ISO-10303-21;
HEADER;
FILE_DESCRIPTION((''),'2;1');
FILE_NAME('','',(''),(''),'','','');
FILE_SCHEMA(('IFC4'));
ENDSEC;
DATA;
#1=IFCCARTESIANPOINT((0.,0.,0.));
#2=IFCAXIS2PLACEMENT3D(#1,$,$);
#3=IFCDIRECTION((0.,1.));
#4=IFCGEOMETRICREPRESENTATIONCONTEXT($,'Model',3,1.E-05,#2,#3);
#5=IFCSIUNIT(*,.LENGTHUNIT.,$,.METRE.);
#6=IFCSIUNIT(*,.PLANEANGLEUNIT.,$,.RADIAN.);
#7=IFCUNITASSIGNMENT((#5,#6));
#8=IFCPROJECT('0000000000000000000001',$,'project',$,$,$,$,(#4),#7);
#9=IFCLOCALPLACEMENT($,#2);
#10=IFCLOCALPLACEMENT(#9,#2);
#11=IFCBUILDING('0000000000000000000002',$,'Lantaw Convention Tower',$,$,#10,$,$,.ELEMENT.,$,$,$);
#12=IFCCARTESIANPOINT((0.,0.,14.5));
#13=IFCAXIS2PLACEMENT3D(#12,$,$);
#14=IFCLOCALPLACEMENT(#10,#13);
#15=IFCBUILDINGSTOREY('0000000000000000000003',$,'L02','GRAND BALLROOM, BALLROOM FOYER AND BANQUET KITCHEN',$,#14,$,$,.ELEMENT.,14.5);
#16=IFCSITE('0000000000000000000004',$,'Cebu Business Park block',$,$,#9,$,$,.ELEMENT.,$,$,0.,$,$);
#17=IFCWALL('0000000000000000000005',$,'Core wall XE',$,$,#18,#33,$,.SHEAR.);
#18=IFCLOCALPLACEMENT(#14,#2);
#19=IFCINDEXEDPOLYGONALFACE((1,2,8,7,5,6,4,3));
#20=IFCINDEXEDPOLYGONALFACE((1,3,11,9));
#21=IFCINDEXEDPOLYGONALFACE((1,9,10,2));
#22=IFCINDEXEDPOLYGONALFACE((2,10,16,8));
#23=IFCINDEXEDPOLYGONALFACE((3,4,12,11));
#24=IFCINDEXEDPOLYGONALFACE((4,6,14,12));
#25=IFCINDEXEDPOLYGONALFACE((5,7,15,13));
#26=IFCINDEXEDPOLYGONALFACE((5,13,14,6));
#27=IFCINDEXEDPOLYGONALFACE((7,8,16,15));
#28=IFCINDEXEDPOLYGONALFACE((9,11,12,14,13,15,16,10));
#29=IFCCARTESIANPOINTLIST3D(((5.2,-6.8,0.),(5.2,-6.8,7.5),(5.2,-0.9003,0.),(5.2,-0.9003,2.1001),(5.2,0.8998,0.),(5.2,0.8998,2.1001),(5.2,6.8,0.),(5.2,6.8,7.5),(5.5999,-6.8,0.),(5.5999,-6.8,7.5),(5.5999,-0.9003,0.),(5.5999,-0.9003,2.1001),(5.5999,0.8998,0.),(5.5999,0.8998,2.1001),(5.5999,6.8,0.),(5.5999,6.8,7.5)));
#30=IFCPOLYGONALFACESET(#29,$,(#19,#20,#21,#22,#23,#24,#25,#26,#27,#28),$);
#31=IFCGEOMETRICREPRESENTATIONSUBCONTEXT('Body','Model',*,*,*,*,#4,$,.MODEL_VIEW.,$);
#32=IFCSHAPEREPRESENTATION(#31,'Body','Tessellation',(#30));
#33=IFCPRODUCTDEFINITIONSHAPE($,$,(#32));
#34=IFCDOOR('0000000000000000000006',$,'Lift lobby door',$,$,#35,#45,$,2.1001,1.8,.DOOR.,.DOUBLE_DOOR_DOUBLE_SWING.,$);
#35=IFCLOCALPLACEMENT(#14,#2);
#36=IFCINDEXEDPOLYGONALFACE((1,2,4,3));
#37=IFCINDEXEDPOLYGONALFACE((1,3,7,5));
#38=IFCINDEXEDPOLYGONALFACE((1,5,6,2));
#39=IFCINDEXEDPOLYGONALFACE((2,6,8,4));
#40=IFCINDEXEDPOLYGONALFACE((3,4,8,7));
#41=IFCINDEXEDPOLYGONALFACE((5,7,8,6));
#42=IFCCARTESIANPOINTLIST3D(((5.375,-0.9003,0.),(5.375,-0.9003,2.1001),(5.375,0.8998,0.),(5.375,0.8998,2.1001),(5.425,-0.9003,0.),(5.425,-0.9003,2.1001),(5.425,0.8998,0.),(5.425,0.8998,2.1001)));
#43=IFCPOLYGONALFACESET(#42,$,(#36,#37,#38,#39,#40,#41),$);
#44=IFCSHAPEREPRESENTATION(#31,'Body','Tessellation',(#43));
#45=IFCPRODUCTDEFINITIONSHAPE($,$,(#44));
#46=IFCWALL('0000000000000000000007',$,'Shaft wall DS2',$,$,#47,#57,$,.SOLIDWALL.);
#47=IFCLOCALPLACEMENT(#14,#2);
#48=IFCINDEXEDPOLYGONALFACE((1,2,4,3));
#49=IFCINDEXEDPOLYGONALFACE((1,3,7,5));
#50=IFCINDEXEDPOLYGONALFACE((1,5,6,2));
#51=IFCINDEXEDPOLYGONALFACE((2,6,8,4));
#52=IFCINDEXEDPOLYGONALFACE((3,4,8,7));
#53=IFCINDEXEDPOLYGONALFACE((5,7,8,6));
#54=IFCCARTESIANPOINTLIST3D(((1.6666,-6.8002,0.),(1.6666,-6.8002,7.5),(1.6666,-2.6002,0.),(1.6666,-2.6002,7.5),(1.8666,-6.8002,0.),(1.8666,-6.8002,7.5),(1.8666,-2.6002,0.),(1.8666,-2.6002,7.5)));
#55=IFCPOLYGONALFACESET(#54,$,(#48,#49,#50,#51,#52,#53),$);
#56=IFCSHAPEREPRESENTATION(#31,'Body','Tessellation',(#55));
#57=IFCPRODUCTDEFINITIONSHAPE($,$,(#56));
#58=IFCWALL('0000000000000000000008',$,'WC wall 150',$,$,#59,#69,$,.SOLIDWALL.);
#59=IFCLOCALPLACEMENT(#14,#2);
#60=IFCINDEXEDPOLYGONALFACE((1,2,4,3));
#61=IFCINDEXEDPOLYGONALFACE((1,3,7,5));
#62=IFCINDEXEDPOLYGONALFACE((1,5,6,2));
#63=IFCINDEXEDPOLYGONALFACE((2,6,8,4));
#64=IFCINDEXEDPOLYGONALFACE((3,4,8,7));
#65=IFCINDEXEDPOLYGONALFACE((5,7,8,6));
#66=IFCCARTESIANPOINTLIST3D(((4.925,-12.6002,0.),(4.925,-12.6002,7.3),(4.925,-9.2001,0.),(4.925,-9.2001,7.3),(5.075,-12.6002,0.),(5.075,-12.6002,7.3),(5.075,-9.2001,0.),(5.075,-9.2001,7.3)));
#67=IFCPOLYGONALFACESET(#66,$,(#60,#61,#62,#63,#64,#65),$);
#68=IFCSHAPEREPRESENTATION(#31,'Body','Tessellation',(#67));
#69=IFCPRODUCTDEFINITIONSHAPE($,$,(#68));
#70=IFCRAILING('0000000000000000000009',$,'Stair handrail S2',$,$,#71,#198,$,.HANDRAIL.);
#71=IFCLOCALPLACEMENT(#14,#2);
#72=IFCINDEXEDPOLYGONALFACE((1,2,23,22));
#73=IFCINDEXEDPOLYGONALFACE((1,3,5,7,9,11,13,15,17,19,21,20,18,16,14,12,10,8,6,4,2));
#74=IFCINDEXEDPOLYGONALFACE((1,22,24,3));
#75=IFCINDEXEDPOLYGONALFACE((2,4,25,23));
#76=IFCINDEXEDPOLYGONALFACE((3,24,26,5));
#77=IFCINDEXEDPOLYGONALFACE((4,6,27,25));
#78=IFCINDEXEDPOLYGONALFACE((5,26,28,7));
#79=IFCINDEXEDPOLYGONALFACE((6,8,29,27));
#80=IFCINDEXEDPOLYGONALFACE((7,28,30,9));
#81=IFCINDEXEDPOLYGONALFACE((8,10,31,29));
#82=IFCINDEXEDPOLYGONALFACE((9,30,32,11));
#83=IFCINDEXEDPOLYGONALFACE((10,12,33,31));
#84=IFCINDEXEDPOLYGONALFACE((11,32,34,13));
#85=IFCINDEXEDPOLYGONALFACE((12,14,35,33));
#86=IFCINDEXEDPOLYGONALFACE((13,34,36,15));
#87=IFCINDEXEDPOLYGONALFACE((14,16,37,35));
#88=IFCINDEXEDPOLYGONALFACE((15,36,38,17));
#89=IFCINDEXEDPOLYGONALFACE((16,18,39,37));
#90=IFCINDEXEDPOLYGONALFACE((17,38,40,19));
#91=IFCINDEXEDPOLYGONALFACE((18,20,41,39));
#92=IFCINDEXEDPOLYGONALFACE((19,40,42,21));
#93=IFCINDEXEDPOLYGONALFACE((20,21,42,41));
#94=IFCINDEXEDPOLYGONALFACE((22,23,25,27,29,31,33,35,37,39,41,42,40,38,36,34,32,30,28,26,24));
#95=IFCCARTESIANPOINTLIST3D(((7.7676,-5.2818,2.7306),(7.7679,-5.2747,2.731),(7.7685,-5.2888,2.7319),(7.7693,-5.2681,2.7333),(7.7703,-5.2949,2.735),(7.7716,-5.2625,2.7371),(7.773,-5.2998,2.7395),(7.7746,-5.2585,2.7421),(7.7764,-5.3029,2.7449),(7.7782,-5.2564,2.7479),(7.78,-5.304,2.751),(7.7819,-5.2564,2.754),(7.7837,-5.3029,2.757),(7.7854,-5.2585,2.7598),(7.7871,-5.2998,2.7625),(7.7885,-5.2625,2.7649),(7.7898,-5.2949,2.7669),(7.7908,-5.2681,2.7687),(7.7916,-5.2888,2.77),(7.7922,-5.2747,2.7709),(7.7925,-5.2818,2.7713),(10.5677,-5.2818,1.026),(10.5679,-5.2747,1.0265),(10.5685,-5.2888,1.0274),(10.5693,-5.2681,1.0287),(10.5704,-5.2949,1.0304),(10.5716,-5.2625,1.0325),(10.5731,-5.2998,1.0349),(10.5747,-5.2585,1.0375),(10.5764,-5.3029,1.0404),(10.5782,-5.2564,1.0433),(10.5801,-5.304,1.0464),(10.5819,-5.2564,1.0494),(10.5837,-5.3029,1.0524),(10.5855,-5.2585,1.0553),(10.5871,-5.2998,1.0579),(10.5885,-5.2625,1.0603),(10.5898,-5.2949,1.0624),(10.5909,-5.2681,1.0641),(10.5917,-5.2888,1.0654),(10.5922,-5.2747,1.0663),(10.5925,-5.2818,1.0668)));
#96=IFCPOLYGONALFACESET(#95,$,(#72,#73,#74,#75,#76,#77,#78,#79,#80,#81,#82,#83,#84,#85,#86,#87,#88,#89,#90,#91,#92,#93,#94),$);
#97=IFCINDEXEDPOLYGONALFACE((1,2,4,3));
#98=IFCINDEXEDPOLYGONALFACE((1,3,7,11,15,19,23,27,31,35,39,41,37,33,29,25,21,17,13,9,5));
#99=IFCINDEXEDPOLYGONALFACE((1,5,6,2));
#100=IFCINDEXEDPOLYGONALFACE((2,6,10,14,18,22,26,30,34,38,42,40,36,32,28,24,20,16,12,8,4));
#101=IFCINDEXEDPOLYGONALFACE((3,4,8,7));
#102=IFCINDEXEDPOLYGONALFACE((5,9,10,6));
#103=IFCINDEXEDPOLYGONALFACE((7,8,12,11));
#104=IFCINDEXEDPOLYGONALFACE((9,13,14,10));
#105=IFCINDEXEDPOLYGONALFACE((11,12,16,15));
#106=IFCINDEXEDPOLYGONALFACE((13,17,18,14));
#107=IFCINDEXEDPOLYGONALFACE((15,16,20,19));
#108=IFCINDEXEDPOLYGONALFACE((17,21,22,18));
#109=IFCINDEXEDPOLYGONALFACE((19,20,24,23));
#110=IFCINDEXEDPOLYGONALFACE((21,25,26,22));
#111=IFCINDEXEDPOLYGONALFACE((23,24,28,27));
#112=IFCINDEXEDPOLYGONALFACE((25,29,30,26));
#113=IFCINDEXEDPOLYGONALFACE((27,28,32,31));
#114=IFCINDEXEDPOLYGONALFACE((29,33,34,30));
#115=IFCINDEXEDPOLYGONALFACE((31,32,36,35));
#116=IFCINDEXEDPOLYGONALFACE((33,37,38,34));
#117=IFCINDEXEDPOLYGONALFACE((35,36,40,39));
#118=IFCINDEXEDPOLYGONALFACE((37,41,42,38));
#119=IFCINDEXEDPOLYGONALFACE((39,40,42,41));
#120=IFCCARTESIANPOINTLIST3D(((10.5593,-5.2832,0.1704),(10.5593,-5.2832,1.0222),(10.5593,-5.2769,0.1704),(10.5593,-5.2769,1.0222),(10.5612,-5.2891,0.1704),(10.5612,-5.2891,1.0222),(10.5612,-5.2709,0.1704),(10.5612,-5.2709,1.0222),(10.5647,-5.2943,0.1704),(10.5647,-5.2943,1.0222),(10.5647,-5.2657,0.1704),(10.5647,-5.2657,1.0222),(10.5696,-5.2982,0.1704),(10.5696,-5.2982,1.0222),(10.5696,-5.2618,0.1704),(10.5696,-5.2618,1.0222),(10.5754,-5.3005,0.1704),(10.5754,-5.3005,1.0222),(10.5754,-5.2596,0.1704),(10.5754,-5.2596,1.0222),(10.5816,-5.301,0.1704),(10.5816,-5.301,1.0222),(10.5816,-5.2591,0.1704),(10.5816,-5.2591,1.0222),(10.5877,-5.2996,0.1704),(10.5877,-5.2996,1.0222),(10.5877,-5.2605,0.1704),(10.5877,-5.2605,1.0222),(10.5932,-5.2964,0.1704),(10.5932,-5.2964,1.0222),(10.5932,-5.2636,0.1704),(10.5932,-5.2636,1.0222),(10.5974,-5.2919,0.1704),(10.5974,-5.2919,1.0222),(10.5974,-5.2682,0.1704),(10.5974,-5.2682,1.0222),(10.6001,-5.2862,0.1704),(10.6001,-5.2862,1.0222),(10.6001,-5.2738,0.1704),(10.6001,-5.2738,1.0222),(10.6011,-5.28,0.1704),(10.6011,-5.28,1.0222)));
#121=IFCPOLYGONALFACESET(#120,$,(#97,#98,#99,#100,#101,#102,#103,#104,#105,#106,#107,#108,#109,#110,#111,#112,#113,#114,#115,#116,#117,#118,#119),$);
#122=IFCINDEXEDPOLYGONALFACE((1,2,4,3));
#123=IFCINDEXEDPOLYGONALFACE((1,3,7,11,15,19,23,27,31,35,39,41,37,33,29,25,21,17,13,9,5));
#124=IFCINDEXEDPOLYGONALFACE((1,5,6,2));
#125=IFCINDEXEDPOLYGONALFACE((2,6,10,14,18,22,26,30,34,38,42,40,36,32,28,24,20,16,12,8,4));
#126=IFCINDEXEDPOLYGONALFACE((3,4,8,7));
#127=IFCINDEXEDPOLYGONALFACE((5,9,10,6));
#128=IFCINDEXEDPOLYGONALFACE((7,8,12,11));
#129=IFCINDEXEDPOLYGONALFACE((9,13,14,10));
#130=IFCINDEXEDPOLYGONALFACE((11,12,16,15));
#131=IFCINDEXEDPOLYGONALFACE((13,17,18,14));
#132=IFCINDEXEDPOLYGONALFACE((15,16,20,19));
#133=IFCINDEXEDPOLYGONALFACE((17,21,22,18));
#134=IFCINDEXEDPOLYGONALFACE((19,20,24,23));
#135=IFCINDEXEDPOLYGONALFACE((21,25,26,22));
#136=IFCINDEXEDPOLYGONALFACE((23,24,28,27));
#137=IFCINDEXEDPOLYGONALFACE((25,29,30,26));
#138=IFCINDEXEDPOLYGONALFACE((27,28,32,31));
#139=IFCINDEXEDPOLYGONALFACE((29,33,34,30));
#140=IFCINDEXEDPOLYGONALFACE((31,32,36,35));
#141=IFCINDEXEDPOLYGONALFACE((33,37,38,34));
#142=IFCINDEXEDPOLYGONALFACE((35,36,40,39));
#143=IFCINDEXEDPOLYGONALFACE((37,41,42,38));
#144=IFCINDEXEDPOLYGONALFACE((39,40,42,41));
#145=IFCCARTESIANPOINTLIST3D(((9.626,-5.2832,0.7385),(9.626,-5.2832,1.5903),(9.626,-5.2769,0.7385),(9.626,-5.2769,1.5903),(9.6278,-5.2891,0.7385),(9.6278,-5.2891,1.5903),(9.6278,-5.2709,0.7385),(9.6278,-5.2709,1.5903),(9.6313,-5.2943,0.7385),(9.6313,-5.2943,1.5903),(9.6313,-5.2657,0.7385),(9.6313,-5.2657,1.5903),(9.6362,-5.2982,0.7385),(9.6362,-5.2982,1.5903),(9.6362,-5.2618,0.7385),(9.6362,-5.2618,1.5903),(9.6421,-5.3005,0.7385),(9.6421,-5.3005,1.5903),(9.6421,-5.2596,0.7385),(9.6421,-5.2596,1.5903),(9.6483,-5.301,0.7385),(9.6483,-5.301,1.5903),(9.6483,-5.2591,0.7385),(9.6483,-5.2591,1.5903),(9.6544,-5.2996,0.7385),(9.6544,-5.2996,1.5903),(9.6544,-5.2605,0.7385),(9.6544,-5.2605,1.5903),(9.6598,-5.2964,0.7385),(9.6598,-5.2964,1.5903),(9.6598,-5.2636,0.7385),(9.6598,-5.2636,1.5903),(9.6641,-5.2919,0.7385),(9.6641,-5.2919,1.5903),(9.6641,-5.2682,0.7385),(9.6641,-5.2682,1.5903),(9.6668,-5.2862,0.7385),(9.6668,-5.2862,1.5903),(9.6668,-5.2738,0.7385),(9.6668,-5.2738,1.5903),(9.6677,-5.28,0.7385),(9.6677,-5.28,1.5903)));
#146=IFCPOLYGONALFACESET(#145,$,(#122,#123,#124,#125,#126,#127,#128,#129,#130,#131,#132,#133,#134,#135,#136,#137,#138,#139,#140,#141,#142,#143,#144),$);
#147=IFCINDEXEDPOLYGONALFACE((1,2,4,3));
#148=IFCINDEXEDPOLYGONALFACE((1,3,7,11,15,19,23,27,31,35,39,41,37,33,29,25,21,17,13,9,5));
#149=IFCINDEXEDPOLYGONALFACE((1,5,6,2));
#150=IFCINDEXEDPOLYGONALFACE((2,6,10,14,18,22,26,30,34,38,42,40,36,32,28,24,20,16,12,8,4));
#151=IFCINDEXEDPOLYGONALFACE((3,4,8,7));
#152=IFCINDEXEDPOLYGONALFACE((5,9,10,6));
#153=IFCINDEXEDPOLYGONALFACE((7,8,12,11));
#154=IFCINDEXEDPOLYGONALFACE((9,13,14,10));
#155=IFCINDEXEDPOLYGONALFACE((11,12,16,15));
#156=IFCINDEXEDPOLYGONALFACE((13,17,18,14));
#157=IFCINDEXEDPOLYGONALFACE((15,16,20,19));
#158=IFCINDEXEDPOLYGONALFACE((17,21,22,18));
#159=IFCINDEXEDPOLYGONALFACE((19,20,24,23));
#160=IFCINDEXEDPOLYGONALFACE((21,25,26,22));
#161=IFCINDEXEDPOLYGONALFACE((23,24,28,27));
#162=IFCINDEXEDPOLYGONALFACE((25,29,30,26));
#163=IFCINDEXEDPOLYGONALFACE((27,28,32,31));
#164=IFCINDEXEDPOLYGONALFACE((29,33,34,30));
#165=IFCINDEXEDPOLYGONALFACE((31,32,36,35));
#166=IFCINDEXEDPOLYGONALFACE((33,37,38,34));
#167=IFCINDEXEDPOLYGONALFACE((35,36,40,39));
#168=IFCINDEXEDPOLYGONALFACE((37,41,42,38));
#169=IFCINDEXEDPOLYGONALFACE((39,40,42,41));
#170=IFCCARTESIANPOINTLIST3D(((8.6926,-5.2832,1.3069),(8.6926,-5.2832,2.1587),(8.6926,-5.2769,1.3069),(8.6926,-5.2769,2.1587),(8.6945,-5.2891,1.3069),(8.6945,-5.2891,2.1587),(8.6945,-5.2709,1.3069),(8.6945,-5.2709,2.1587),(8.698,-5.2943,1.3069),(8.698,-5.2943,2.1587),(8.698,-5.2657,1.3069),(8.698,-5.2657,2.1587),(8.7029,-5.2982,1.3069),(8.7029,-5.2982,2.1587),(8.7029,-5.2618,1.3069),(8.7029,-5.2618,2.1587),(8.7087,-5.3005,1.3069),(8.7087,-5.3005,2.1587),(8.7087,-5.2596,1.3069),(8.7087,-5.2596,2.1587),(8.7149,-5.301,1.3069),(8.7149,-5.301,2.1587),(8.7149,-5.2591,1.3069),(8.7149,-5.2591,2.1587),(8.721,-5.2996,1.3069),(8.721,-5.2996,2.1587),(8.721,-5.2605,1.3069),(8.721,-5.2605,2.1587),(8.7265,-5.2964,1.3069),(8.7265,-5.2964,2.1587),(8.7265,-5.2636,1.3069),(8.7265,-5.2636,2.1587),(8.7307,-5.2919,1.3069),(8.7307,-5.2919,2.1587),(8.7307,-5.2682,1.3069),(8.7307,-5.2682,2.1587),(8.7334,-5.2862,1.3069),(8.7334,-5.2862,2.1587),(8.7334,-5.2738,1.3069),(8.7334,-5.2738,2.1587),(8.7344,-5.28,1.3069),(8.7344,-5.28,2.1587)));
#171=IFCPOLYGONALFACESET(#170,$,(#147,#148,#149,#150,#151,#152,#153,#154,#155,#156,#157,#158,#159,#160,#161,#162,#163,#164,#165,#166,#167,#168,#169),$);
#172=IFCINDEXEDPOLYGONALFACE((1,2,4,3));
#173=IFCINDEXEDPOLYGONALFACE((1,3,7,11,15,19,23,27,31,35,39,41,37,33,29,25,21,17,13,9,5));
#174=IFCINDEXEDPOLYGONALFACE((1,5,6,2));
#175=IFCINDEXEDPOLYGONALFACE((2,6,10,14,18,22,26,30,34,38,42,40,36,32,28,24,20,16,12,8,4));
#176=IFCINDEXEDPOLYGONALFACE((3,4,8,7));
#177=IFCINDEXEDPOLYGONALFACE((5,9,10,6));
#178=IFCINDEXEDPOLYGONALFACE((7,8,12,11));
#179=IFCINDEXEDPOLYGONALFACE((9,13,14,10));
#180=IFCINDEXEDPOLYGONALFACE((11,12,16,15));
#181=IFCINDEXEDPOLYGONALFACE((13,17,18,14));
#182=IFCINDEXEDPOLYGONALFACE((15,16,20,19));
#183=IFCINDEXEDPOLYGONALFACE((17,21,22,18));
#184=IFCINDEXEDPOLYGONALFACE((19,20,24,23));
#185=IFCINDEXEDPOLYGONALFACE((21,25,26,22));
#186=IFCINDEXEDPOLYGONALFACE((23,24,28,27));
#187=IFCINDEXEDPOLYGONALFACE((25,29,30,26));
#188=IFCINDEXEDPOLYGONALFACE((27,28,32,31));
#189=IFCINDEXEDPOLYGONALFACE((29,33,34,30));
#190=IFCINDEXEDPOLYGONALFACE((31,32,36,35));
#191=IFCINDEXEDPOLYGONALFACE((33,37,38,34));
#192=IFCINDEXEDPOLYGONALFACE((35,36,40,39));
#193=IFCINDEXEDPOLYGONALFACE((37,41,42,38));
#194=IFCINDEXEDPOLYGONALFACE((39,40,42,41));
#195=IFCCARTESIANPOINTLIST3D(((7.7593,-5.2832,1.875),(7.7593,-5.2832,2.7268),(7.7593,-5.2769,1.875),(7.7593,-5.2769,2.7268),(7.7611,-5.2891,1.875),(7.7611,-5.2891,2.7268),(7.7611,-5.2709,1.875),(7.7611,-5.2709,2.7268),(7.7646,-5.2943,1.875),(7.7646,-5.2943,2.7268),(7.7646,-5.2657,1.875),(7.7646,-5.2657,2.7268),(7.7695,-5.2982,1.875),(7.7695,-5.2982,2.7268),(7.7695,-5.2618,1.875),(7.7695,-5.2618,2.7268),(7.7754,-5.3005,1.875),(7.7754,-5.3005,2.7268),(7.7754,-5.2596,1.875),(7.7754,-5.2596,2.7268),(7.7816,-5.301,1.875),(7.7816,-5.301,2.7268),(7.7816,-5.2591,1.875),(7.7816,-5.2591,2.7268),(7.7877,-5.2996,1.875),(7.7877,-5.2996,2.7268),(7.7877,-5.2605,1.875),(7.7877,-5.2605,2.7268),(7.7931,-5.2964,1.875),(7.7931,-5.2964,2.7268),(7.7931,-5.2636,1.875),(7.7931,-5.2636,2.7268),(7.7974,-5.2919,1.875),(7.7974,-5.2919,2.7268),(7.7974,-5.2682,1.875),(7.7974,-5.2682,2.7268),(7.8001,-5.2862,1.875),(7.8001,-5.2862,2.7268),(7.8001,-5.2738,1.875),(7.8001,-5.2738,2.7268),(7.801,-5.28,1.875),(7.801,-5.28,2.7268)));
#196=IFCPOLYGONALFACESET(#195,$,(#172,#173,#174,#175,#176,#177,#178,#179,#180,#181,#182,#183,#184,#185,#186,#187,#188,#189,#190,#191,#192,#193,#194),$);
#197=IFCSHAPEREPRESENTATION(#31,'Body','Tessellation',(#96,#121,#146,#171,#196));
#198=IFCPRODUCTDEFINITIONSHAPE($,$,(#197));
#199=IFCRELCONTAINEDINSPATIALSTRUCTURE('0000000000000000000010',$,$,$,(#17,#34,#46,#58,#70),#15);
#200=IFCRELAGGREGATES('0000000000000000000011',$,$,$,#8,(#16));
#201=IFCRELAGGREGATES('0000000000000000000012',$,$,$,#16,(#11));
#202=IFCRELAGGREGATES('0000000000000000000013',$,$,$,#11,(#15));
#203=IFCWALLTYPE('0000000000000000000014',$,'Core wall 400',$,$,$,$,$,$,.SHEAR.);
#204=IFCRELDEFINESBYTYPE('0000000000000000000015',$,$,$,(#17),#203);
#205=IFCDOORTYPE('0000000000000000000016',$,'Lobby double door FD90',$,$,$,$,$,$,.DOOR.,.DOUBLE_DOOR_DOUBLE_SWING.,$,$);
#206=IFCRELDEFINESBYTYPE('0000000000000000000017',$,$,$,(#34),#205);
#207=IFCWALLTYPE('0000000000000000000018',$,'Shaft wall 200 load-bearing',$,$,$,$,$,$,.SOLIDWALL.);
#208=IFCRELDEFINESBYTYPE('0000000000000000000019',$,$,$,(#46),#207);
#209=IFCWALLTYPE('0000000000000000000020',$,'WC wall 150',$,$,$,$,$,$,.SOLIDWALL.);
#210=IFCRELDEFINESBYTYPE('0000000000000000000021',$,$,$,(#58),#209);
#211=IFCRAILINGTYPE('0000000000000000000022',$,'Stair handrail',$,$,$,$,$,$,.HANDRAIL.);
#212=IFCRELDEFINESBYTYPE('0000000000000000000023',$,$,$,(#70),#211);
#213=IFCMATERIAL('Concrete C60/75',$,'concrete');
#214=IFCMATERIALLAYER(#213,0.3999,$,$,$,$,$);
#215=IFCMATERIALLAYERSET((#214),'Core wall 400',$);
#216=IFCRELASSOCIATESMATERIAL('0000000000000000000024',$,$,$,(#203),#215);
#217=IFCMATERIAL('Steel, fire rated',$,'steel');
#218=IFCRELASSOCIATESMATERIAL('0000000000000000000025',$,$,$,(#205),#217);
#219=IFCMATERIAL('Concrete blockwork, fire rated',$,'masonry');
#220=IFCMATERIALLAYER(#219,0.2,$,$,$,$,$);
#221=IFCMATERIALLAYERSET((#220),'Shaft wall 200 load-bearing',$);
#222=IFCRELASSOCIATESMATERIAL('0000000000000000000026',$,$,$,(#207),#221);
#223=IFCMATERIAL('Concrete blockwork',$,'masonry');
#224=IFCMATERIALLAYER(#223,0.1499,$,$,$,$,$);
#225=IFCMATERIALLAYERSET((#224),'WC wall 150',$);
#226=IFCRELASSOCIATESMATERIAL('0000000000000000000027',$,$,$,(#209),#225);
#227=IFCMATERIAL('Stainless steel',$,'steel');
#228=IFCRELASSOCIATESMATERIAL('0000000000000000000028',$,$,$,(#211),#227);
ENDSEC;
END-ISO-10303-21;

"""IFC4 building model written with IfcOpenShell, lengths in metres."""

from ifc_helpers import new_model, si_unit, direction, frame, frame_2d, origin, origin_2d, place, context, subcontext, project, spatial, rectangle, circle, extrude, material, layer, layer_set, type_object, element, fill, save


model = new_model("IFC4")

# Units and contexts
model_context = context("Model", 3, precision=1e-05, world=origin(), true_north=direction((0.0, 1.0)))
body_context = subcontext(model_context, "Body", "Model", "MODEL_VIEW")
ifc_project = project(units=[si_unit("LENGTHUNIT", "METRE"), si_unit("PLANEANGLEUNIT", "RADIAN")], contexts=[model_context])

# Site, building, storey
site_placement = place(None, origin())
site = spatial("IfcSite", under=ifc_project, at=site_placement, Name="Cebu Business Park block", CompositionType="ELEMENT", RefElevation=0.0)
building_placement = place(site_placement, origin())
building = spatial("IfcBuilding", under=site, at=building_placement, Name="Lantaw Convention Tower", CompositionType="ELEMENT")
storey_placement = place(building_placement, frame((0.0, 0.0, 14.5)))
storey = spatial("IfcBuildingStorey", under=building, at=storey_placement, Name="L02", Description="GRAND BALLROOM, BALLROOM FOYER AND BANQUET KITCHEN", CompositionType="ELEMENT", Elevation=14.5)

# Wall, opening, door
ifc_material_1 = material(Name="Concrete C60/75", Category="concrete")
ifc_material_2 = material(Name="Steel, fire rated", Category="steel")
ifc_layer_1 = layer(ifc_material_1, 0.3999)
ifc_layer_set_1 = layer_set([ifc_layer_1], Name="Core wall 400")
wall_type_1 = type_object("IfcWallType", Name="Core wall 400", PredefinedType="SHEAR", material=ifc_layer_set_1)
wall_1_placement = place(storey_placement, frame((5.3999, -6.8, 0.0), z_axis=(0.0, 0.0, 1.0), x_axis=(0.0, 1.0, 0.0)))
wall_1 = element("IfcWall", 1, at=wall_1_placement, inside=storey, type_object=wall_type_1, Name="Core wall XE", PredefinedType="SHEAR", context=body_context, shape_type="SweptSolid", body=[
    extrude(rectangle(XDim=13.6001, YDim=0.3999, at=frame_2d((6.8, 0.0))), origin(), (0.0, 0.0, 1.0), 7.5),
])
opening_1_placement = place(wall_1_placement, frame((5.8999, 0.0, 0.0)))
opening_1 = element("IfcOpeningElement", 2, at=opening_1_placement, cuts=wall_1, PredefinedType="OPENING", context=body_context, shape_type="SweptSolid", body=[
    extrude(rectangle(XDim=1.8, YDim=2.1001, at=frame_2d((0.8999, 1.05))), frame((0.0, 0.21, 0.0), z_axis=(0.0, -1.0, 0.0), x_axis=(1.0, 0.0, 0.0)), (0.0, 0.0, 1.0), 0.4199),
])
door_type_1 = type_object("IfcDoorType", Name="Lobby double door FD90", OperationType="DOUBLE_DOOR_DOUBLE_SWING", PredefinedType="DOOR", material=ifc_material_2)
door_1_placement = place(opening_1_placement, origin())
door_1 = element("IfcDoor", 3, at=door_1_placement, inside=storey, type_object=door_type_1, Name="Lift lobby door", OperationType="DOUBLE_DOOR_DOUBLE_SWING", OverallHeight=2.1001, OverallWidth=1.8, PredefinedType="DOOR", context=body_context, shape_type="SweptSolid", body=[
    extrude(rectangle(XDim=1.8, YDim=2.1001, at=frame_2d((0.8999, 1.05))), frame((0.0, 0.0249, 0.0), z_axis=(0.0, -1.0, 0.0), x_axis=(1.0, 0.0, 0.0)), (0.0, 0.0, 1.0), 0.05),
])
fill(opening_1, door_1)

# Walls
ifc_material_3 = material(Name="Concrete blockwork, fire rated", Category="masonry")
ifc_layer_2 = layer(ifc_material_3, 0.2)
ifc_layer_set_2 = layer_set([ifc_layer_2], Name="Shaft wall 200 load-bearing")
wall_type_2 = type_object("IfcWallType", Name="Shaft wall 200 load-bearing", PredefinedType="SOLIDWALL", material=ifc_layer_set_2)
wall_2_placement = place(storey_placement, frame((1.7666, -2.6001, 0.0), z_axis=(0.0, 0.0, 1.0), x_axis=(0.0, -1.0, 0.0)))
element("IfcWall", 4, at=wall_2_placement, inside=storey, type_object=wall_type_2, Name="Shaft wall DS2", PredefinedType="SOLIDWALL", context=body_context, shape_type="SweptSolid", body=[
    extrude(rectangle(XDim=4.2, YDim=0.2, at=frame_2d((2.1001, 0.0))), origin(), (0.0, 0.0, 1.0), 7.5),
])
ifc_material_4 = material(Name="Concrete blockwork", Category="masonry")
ifc_layer_3 = layer(ifc_material_4, 0.1499)
ifc_layer_set_3 = layer_set([ifc_layer_3], Name="WC wall 150")
wall_type_3 = type_object("IfcWallType", Name="WC wall 150", PredefinedType="SOLIDWALL", material=ifc_layer_set_3)
wall_3_placement = place(storey_placement, frame((5.0, -9.2, 0.0), z_axis=(0.0, 0.0, 1.0), x_axis=(0.0, -1.0, 0.0)))
element("IfcWall", 5, at=wall_3_placement, inside=storey, type_object=wall_type_3, Name="WC wall 150", PredefinedType="SOLIDWALL", context=body_context, shape_type="SweptSolid", body=[
    extrude(rectangle(XDim=3.4001, YDim=0.1499, at=frame_2d((1.7002, 0.0))), origin(), (0.0, 0.0, 1.0), 7.3),
])

# Railing
ifc_material_5 = material(Name="Stainless steel", Category="steel")
railing_type = type_object("IfcRailingType", Name="Stair handrail", PredefinedType="HANDRAIL", material=ifc_material_5)
railing_1_placement = place(storey_placement, frame((10.5801, -5.28, 0.1704)))
element("IfcRailing", 6, at=railing_1_placement, inside=storey, type_object=railing_type, Name="Stair handrail S2", PredefinedType="HANDRAIL", context=body_context, shape_type="SweptSolid", body=[
    extrude(circle(Radius=0.0239, at=origin_2d()), frame((0.0, 0.0, 0.876), z_axis=(-0.85417, 0.0, 0.519994), x_axis=(0.0, -1.0, 0.0)), (0.0, 0.0, 1.0), 3.2781),
    extrude(circle(Radius=0.021, at=origin_2d()), origin(), (0.0, 0.0, 1.0), 0.8518),
    extrude(circle(Radius=0.021, at=origin_2d()), frame((-0.9333, 0.0, 0.5681)), (0.0, 0.0, 1.0), 0.8518),
    extrude(circle(Radius=0.021, at=origin_2d()), frame((-1.8667, 0.0, 1.1365)), (0.0, 0.0, 1.0), 0.8518),
    extrude(circle(Radius=0.021, at=origin_2d()), frame((-2.8, 0.0, 1.7046)), (0.0, 0.0, 1.0), 0.8518),
])

save(model, "model.ifc")
